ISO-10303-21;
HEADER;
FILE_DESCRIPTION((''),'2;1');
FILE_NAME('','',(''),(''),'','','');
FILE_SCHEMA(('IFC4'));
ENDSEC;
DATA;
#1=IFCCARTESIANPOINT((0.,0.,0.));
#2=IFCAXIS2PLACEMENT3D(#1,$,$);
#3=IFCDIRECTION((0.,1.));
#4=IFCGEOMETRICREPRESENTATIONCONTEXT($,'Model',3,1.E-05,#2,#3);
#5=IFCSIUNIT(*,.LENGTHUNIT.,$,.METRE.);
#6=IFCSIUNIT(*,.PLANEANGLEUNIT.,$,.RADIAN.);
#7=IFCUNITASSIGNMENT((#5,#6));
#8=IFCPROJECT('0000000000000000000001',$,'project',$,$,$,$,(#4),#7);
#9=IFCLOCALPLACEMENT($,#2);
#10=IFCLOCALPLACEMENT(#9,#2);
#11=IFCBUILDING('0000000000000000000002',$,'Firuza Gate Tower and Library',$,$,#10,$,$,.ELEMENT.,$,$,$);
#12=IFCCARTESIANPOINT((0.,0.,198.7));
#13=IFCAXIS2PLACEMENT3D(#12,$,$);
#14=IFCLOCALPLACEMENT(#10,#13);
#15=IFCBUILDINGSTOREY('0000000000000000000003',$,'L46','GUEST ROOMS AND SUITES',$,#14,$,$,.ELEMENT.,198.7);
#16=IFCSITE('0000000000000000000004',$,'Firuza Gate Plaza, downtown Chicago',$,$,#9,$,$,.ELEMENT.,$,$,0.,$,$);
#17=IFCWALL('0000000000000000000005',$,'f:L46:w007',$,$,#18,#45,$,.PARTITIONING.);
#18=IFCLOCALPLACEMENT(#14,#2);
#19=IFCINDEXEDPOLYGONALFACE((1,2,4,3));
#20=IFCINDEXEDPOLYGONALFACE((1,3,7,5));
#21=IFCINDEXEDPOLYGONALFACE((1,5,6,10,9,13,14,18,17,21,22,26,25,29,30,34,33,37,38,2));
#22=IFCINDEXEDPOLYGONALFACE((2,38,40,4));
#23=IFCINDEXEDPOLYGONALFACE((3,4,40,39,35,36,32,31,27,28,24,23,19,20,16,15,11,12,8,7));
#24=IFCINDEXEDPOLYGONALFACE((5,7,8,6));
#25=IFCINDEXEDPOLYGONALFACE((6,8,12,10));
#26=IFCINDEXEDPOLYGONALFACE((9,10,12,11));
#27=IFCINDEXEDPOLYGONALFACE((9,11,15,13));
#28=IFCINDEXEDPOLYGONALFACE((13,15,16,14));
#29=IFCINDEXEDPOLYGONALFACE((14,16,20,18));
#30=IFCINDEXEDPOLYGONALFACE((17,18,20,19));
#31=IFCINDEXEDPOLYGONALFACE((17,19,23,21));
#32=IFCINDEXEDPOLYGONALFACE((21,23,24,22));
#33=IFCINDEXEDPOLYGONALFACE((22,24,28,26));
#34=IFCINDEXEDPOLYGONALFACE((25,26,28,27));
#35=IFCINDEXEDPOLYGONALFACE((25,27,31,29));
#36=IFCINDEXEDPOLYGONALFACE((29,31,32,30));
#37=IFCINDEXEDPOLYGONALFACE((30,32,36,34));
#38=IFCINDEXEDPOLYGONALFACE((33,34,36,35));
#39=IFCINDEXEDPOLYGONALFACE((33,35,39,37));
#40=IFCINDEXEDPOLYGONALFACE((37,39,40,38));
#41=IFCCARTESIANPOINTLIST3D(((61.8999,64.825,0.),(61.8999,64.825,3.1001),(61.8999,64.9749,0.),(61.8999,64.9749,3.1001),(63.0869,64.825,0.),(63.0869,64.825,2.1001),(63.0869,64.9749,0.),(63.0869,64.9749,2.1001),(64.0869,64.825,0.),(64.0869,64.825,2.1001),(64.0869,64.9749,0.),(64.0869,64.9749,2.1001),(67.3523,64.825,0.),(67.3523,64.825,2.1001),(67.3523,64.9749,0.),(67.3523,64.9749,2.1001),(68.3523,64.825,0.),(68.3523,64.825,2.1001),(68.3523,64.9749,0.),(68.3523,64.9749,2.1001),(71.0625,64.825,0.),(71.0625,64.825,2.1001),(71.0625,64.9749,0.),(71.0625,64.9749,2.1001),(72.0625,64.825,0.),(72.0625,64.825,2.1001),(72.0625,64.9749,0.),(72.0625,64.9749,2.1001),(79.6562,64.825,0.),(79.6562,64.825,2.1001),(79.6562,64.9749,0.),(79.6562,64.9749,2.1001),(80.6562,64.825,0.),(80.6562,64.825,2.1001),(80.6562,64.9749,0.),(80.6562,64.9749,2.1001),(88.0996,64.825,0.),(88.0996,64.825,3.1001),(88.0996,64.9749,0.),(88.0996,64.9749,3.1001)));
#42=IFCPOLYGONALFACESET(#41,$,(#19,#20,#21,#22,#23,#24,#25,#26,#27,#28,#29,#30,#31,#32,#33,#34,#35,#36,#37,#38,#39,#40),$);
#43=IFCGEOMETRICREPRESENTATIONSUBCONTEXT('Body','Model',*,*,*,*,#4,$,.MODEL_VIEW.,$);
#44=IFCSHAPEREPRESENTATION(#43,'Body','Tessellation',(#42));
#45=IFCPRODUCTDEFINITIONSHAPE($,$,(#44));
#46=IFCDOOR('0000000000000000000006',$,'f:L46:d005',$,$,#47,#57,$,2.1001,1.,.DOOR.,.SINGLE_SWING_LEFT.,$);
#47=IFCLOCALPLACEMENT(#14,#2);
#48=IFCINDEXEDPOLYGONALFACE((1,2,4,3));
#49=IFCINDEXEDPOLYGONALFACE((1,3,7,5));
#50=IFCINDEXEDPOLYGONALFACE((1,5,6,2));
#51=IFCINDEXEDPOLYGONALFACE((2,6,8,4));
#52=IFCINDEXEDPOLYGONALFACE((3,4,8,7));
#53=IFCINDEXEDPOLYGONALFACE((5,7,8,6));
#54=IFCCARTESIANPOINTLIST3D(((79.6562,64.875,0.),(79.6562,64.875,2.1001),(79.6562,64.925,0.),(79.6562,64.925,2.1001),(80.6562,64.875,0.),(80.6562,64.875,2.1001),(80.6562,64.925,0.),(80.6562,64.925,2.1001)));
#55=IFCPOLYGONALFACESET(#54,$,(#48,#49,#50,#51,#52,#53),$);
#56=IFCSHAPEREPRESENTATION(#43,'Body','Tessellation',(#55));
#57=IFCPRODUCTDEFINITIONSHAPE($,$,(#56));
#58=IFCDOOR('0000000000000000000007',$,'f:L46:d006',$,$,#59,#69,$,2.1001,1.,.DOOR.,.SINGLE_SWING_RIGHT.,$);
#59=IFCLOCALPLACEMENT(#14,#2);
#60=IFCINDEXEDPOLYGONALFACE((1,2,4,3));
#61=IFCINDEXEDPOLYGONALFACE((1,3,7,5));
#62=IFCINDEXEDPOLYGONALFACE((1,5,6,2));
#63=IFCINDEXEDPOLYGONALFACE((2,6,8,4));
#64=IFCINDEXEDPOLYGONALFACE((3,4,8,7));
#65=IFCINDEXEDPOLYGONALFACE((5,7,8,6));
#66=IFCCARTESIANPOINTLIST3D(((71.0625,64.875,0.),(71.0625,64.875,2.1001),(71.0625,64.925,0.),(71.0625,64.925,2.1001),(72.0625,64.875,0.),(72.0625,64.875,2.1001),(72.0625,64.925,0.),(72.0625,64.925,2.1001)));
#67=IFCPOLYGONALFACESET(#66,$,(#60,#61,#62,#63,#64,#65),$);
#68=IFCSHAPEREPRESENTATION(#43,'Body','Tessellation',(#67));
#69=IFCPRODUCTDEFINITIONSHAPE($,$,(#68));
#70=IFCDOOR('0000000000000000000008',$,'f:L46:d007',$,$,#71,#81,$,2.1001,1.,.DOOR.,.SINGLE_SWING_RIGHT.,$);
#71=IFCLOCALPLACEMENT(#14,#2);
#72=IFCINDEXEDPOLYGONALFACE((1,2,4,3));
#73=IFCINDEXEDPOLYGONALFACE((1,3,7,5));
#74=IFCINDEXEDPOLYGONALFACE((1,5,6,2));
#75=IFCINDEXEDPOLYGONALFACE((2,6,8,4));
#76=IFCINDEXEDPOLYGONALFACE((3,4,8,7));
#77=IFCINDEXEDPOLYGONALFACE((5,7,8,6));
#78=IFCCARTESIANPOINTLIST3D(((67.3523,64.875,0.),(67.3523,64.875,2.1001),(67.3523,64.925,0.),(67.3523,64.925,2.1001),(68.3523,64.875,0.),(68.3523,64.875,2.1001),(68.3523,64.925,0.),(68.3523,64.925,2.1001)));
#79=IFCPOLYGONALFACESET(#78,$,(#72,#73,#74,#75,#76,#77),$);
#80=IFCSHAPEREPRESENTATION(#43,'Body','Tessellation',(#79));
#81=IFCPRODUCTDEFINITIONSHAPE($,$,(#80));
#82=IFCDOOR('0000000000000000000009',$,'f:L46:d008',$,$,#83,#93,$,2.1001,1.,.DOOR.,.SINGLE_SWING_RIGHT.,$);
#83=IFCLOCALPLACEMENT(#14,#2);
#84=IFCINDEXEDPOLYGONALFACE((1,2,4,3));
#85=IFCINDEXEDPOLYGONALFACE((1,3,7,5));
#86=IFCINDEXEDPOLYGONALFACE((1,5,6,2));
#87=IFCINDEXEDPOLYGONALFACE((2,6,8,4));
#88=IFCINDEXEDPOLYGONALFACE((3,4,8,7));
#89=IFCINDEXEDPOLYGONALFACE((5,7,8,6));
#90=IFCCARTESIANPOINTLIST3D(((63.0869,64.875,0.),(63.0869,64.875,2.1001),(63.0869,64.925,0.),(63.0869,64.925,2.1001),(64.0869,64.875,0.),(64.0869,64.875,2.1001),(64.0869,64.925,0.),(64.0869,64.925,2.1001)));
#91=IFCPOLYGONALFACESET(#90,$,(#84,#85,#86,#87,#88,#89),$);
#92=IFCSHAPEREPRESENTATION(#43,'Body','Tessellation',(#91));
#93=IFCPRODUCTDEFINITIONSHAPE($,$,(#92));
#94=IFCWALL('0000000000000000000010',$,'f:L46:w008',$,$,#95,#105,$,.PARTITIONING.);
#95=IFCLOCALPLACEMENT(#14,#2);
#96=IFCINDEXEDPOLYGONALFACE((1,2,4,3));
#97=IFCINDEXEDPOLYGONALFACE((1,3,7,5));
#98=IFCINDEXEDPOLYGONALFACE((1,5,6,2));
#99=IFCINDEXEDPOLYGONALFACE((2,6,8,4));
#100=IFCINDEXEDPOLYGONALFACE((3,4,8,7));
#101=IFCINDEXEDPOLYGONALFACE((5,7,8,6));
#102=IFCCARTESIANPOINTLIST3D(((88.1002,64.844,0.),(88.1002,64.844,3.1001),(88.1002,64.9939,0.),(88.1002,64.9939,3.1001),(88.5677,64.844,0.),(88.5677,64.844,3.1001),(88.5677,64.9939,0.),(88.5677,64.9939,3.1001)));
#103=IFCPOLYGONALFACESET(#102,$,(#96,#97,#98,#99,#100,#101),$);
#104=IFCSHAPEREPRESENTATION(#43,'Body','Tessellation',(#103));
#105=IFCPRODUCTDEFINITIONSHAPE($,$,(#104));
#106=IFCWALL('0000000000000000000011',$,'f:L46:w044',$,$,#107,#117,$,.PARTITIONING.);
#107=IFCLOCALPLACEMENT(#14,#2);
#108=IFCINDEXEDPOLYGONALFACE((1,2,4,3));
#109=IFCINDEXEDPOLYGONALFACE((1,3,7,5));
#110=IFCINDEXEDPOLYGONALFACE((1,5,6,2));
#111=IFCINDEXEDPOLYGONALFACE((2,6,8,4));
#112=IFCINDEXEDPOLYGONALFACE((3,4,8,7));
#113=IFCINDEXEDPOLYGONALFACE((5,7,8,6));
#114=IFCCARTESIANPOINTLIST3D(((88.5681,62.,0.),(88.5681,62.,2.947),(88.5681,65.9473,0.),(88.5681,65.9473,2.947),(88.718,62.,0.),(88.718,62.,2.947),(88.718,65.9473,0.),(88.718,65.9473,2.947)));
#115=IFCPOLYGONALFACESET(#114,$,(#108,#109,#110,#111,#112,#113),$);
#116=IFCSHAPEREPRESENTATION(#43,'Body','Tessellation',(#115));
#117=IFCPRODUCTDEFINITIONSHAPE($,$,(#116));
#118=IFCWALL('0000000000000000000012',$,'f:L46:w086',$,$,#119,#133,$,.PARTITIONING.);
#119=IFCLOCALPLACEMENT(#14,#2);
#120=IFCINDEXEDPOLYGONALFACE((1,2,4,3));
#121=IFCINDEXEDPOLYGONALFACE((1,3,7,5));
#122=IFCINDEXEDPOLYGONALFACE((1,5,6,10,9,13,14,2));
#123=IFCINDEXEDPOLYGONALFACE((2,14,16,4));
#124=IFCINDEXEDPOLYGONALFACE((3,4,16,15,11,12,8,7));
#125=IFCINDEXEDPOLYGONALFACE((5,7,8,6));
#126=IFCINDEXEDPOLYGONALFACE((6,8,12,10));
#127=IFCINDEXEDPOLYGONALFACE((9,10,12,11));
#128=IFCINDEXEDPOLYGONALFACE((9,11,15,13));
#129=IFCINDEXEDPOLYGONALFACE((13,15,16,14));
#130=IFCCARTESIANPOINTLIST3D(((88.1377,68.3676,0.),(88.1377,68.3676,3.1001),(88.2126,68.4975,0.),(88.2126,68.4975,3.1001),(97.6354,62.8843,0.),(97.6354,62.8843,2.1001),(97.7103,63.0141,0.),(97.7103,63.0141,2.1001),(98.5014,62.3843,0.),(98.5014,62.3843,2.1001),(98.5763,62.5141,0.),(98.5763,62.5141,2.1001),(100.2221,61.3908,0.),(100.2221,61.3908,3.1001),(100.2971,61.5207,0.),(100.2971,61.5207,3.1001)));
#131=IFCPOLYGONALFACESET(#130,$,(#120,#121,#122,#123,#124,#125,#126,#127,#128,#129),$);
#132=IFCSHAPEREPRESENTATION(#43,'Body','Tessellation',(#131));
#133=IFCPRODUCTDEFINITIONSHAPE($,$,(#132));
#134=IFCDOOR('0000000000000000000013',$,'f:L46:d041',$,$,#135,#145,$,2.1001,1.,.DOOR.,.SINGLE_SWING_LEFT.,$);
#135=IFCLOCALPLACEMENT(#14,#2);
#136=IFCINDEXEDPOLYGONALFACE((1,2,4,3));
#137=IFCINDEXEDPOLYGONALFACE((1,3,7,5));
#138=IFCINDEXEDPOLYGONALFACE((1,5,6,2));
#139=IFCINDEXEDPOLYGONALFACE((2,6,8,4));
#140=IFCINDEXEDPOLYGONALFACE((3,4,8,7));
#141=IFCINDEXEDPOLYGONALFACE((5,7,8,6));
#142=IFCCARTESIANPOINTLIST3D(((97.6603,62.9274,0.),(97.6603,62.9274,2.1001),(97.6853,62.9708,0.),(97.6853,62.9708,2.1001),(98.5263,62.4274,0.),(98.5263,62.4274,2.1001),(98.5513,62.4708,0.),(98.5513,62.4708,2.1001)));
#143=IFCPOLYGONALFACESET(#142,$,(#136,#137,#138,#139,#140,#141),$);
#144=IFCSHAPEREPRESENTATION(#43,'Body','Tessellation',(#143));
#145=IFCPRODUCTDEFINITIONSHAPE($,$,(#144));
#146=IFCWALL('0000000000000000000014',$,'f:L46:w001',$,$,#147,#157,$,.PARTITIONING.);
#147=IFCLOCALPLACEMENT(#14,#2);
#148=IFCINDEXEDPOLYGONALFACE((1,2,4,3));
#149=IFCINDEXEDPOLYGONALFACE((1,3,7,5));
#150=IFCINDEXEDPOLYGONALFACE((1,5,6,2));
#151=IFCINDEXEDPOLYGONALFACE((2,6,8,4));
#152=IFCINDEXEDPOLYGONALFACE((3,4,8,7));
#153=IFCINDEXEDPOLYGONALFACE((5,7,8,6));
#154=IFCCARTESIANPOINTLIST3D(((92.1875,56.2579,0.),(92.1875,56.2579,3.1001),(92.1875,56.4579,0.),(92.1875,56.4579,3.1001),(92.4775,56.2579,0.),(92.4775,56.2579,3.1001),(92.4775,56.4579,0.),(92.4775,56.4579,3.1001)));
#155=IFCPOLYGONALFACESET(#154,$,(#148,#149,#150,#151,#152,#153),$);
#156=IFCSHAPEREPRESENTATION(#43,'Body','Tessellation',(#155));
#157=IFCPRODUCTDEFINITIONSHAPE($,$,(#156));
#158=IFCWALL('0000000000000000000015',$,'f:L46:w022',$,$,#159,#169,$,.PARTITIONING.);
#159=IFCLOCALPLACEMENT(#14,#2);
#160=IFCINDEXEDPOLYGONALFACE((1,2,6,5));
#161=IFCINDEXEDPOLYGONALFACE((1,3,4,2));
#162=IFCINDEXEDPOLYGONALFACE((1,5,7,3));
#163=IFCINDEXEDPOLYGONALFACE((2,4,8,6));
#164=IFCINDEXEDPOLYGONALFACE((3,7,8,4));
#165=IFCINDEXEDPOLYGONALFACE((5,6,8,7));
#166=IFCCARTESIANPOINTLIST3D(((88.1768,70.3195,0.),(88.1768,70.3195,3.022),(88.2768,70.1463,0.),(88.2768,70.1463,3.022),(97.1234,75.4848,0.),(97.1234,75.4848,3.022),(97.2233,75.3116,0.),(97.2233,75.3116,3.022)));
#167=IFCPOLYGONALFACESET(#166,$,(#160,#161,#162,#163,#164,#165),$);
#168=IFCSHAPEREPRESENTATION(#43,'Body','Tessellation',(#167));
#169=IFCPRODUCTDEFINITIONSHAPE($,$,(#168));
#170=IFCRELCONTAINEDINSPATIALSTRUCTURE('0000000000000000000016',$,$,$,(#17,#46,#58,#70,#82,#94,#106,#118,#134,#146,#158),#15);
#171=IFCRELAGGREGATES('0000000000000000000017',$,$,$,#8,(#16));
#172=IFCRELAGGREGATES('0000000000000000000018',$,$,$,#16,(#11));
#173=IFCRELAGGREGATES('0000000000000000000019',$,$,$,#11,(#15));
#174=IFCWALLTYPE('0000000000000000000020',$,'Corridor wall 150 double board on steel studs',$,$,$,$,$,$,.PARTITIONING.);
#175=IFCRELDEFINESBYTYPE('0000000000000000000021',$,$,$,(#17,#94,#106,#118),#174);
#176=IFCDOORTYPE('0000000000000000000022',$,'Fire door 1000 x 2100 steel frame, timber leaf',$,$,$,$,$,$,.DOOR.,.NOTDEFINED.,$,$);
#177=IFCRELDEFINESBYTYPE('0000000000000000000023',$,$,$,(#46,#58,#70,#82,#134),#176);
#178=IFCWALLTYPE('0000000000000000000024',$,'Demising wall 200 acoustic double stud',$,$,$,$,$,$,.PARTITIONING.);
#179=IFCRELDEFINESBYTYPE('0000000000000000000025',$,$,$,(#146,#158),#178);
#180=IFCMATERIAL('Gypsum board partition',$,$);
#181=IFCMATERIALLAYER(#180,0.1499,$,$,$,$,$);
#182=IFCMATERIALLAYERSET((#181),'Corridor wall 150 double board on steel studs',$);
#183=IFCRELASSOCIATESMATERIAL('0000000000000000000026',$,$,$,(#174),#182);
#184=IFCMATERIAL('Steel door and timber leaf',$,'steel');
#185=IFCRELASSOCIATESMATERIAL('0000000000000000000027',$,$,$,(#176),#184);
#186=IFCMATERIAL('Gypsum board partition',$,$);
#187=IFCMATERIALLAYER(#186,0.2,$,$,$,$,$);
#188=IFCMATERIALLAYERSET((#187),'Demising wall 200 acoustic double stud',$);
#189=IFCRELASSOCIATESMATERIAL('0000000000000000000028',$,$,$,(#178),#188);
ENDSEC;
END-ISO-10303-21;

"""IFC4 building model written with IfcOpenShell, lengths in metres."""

from ifc_helpers import new_model, si_unit, direction, frame, frame_2d, origin, place, context, subcontext, project, spatial, rectangle, extrude, material, layer, layer_set, type_object, element, fill, save


model = new_model("IFC4")

# Units and contexts
model_context = context("Model", 3, precision=1e-05, world=origin(), true_north=direction((0.0, 1.0)))
body_context = subcontext(model_context, "Body", "Model", "MODEL_VIEW")
ifc_project = project(units=[si_unit("LENGTHUNIT", "METRE"), si_unit("PLANEANGLEUNIT", "RADIAN")], contexts=[model_context])

# Site, building, storey
site_placement = place(None, origin())
site = spatial("IfcSite", under=ifc_project, at=site_placement, Name="Firuza Gate Plaza, downtown Chicago", CompositionType="ELEMENT", RefElevation=0.0)
building_placement = place(site_placement, origin())
building = spatial("IfcBuilding", under=site, at=building_placement, Name="Firuza Gate Tower and Library", CompositionType="ELEMENT")
storey_placement = place(building_placement, frame((0.0, 0.0, 198.7)))
storey = spatial("IfcBuildingStorey", under=building, at=storey_placement, Name="L46", Description="GUEST ROOMS AND SUITES", CompositionType="ELEMENT", Elevation=198.7)

# Wall, openings, doors
ifc_material_1 = material(Name="Gypsum board partition")
ifc_layer_1 = layer(ifc_material_1, 0.1499)
ifc_layer_set_1 = layer_set([ifc_layer_1], Name="Corridor wall 150 double board on steel studs")
wall_type_1 = type_object("IfcWallType", Name="Corridor wall 150 double board on steel studs", PredefinedType="PARTITIONING", material=ifc_layer_set_1)
wall_1_placement = place(storey_placement, frame((88.0996, 64.8999, 0.0), z_axis=(0.0, 0.0, 1.0), x_axis=(-1.0, 0.0, 0.0)))
wall_1 = element("IfcWall", 1, at=wall_1_placement, inside=storey, type_object=wall_type_1, Name="f:L46:w007", PredefinedType="PARTITIONING", context=body_context, shape_type="SweptSolid", body=[
    extrude(rectangle(XDim=26.1997, YDim=0.1499, at=frame_2d((13.0999, 0.0))), origin(), (0.0, 0.0, 1.0), 3.1001),
])
opening_1_placement = place(wall_1_placement, frame((7.4434, 0.0, 0.0)))
opening_1 = element("IfcOpeningElement", 2, at=opening_1_placement, cuts=wall_1, PredefinedType="OPENING", context=body_context, shape_type="SweptSolid", body=[
    extrude(rectangle(XDim=1.0, YDim=2.1001, at=frame_2d((0.5, 1.05))), frame((0.0, 0.085, 0.0), z_axis=(0.0, -1.0, 0.0), x_axis=(1.0, 0.0, 0.0)), (0.0, 0.0, 1.0), 0.1699),
])
opening_2_placement = place(wall_1_placement, frame((16.0371, 0.0, 0.0)))
opening_2 = element("IfcOpeningElement", 3, at=opening_2_placement, cuts=wall_1, PredefinedType="OPENING", context=body_context, shape_type="SweptSolid", body=[
    extrude(rectangle(XDim=1.0, YDim=2.1001, at=frame_2d((0.5, 1.05))), frame((0.0, 0.085, 0.0), z_axis=(0.0, -1.0, 0.0), x_axis=(1.0, 0.0, 0.0)), (0.0, 0.0, 1.0), 0.1699),
])
opening_3_placement = place(wall_1_placement, frame((19.7473, 0.0, 0.0)))
opening_3 = element("IfcOpeningElement", 4, at=opening_3_placement, cuts=wall_1, PredefinedType="OPENING", context=body_context, shape_type="SweptSolid", body=[
    extrude(rectangle(XDim=1.0, YDim=2.1001, at=frame_2d((0.5, 1.05))), frame((0.0, 0.085, 0.0), z_axis=(0.0, -1.0, 0.0), x_axis=(1.0, 0.0, 0.0)), (0.0, 0.0, 1.0), 0.1699),
])
opening_4_placement = place(wall_1_placement, frame((24.0127, 0.0, 0.0)))
opening_4 = element("IfcOpeningElement", 5, at=opening_4_placement, cuts=wall_1, PredefinedType="OPENING", context=body_context, shape_type="SweptSolid", body=[
    extrude(rectangle(XDim=1.0, YDim=2.1001, at=frame_2d((0.5, 1.05))), frame((0.0, 0.085, 0.0), z_axis=(0.0, -1.0, 0.0), x_axis=(1.0, 0.0, 0.0)), (0.0, 0.0, 1.0), 0.1699),
])
ifc_material_2 = material(Name="Steel door and timber leaf", Category="steel")
door_type_1 = type_object("IfcDoorType", Name="Fire door 1000 x 2100 steel frame, timber leaf", OperationType="NOTDEFINED", PredefinedType="DOOR", material=ifc_material_2)
door_1_placement = place(opening_1_placement, origin())
door_1 = element("IfcDoor", 6, at=door_1_placement, inside=storey, type_object=door_type_1, Name="f:L46:d005", OperationType="SINGLE_SWING_LEFT", OverallHeight=2.1001, OverallWidth=1.0, PredefinedType="DOOR", context=body_context, shape_type="SweptSolid", body=[
    extrude(rectangle(XDim=1.0, YDim=2.1001, at=frame_2d((0.5, 1.05))), frame((0.0, 0.0249, 0.0), z_axis=(0.0, -1.0, 0.0), x_axis=(1.0, 0.0, 0.0)), (0.0, 0.0, 1.0), 0.05),
])
fill(opening_1, door_1)
door_2_placement = place(opening_2_placement, origin())
door_2 = element("IfcDoor", 7, at=door_2_placement, inside=storey, type_object=door_type_1, Name="f:L46:d006", OperationType="SINGLE_SWING_RIGHT", OverallHeight=2.1001, OverallWidth=1.0, PredefinedType="DOOR", context=body_context, shape_type="SweptSolid", body=[
    extrude(rectangle(XDim=1.0, YDim=2.1001, at=frame_2d((0.5, 1.05))), frame((0.0, 0.0249, 0.0), z_axis=(0.0, -1.0, 0.0), x_axis=(1.0, 0.0, 0.0)), (0.0, 0.0, 1.0), 0.05),
])
fill(opening_2, door_2)
door_3_placement = place(opening_3_placement, origin())
door_3 = element("IfcDoor", 8, at=door_3_placement, inside=storey, type_object=door_type_1, Name="f:L46:d007", OperationType="SINGLE_SWING_RIGHT", OverallHeight=2.1001, OverallWidth=1.0, PredefinedType="DOOR", context=body_context, shape_type="SweptSolid", body=[
    extrude(rectangle(XDim=1.0, YDim=2.1001, at=frame_2d((0.5, 1.05))), frame((0.0, 0.0249, 0.0), z_axis=(0.0, -1.0, 0.0), x_axis=(1.0, 0.0, 0.0)), (0.0, 0.0, 1.0), 0.05),
])
fill(opening_3, door_3)
door_4_placement = place(opening_4_placement, origin())
door_4 = element("IfcDoor", 9, at=door_4_placement, inside=storey, type_object=door_type_1, Name="f:L46:d008", OperationType="SINGLE_SWING_RIGHT", OverallHeight=2.1001, OverallWidth=1.0, PredefinedType="DOOR", context=body_context, shape_type="SweptSolid", body=[
    extrude(rectangle(XDim=1.0, YDim=2.1001, at=frame_2d((0.5, 1.05))), frame((0.0, 0.0249, 0.0), z_axis=(0.0, -1.0, 0.0), x_axis=(1.0, 0.0, 0.0)), (0.0, 0.0, 1.0), 0.05),
])
fill(opening_4, door_4)

# Walls
wall_2_placement = place(storey_placement, frame((88.1001, 64.9189, 0.0), z_axis=(0.0, 0.0, 1.0), x_axis=(1.0, 0.0, 0.0)))
element("IfcWall", 10, at=wall_2_placement, inside=storey, type_object=wall_type_1, Name="f:L46:w008", PredefinedType="PARTITIONING", context=body_context, shape_type="SweptSolid", body=[
    extrude(rectangle(XDim=0.4675, YDim=0.1499, at=frame_2d((0.2339, 0.0))), origin(), (0.0, 0.0, 1.0), 3.1001),
])
wall_3_placement = place(storey_placement, frame((88.6431, 62.0, 0.0), z_axis=(0.0, 0.0, 1.0), x_axis=(0.0, 1.0, 0.0)))
element("IfcWall", 11, at=wall_3_placement, inside=storey, type_object=wall_type_1, Name="f:L46:w044", PredefinedType="PARTITIONING", context=body_context, shape_type="SweptSolid", body=[
    extrude(rectangle(XDim=3.9473, YDim=0.1499, at=frame_2d((1.9736, 0.0))), origin(), (0.0, 0.0, 1.0), 2.947),
])

# Wall, opening, door
wall_4_placement = place(storey_placement, frame((88.175, 68.4326, 0.0), z_axis=(0.0, 0.0, 1.0), x_axis=(0.866031, -0.499991, 0.0)))
wall_4 = element("IfcWall", 12, at=wall_4_placement, inside=storey, type_object=wall_type_1, Name="f:L46:w086", PredefinedType="PARTITIONING", context=body_context, shape_type="SweptSolid", body=[
    extrude(rectangle(XDim=13.9539, YDim=0.1499, at=frame_2d((6.9771, 0.0))), origin(), (0.0, 0.0, 1.0), 3.1001),
])
opening_5_placement = place(wall_4_placement, frame((10.967, 0.0, 0.0)))
opening_5 = element("IfcOpeningElement", 13, at=opening_5_placement, cuts=wall_4, PredefinedType="OPENING", context=body_context, shape_type="SweptSolid", body=[
    extrude(rectangle(XDim=1.0, YDim=2.1001, at=frame_2d((0.5, 1.05))), frame((0.0, 0.085, 0.0), z_axis=(0.0, -1.0, 0.0), x_axis=(1.0, 0.0, 0.0)), (0.0, 0.0, 1.0), 0.1699),
])
door_5_placement = place(opening_5_placement, origin())
door_5 = element("IfcDoor", 14, at=door_5_placement, inside=storey, type_object=door_type_1, Name="f:L46:d041", OperationType="SINGLE_SWING_LEFT", OverallHeight=2.1001, OverallWidth=1.0, PredefinedType="DOOR", context=body_context, shape_type="SweptSolid", body=[
    extrude(rectangle(XDim=1.0, YDim=2.1001, at=frame_2d((0.5, 1.05))), frame((0.0, 0.0249, 0.0), z_axis=(0.0, -1.0, 0.0), x_axis=(1.0, 0.0, 0.0)), (0.0, 0.0, 1.0), 0.05),
])
fill(opening_5, door_5)

# Walls
ifc_material_3 = material(Name="Gypsum board partition")
ifc_layer_2 = layer(ifc_material_3, 0.2)
ifc_layer_set_2 = layer_set([ifc_layer_2], Name="Demising wall 200 acoustic double stud")
wall_type_2 = type_object("IfcWallType", Name="Demising wall 200 acoustic double stud", PredefinedType="PARTITIONING", material=ifc_layer_set_2)
wall_5_placement = place(storey_placement, frame((92.1875, 56.3579, 0.0), z_axis=(0.0, 0.0, 1.0), x_axis=(1.0, 0.0, 0.0)))
element("IfcWall", 15, at=wall_5_placement, inside=storey, type_object=wall_type_2, Name="f:L46:w001", PredefinedType="PARTITIONING", context=body_context, shape_type="SweptSolid", body=[
    extrude(rectangle(XDim=0.29, YDim=0.2, at=frame_2d((0.145, 0.0))), origin(), (0.0, 0.0, 1.0), 3.1001),
])
wall_6_placement = place(storey_placement, frame((88.2268, 70.2329, 0.0), z_axis=(0.0, 0.0, 1.0), x_axis=(0.866025, 0.5, 0.0)))
element("IfcWall", 16, at=wall_6_placement, inside=storey, type_object=wall_type_2, Name="f:L46:w022", PredefinedType="PARTITIONING", context=body_context, shape_type="SweptSolid", body=[
    extrude(rectangle(XDim=10.3306, YDim=0.2, at=frame_2d((5.1653, 0.0))), origin(), (0.0, 0.0, 1.0), 3.022),
])

save(model, "model.ifc")
